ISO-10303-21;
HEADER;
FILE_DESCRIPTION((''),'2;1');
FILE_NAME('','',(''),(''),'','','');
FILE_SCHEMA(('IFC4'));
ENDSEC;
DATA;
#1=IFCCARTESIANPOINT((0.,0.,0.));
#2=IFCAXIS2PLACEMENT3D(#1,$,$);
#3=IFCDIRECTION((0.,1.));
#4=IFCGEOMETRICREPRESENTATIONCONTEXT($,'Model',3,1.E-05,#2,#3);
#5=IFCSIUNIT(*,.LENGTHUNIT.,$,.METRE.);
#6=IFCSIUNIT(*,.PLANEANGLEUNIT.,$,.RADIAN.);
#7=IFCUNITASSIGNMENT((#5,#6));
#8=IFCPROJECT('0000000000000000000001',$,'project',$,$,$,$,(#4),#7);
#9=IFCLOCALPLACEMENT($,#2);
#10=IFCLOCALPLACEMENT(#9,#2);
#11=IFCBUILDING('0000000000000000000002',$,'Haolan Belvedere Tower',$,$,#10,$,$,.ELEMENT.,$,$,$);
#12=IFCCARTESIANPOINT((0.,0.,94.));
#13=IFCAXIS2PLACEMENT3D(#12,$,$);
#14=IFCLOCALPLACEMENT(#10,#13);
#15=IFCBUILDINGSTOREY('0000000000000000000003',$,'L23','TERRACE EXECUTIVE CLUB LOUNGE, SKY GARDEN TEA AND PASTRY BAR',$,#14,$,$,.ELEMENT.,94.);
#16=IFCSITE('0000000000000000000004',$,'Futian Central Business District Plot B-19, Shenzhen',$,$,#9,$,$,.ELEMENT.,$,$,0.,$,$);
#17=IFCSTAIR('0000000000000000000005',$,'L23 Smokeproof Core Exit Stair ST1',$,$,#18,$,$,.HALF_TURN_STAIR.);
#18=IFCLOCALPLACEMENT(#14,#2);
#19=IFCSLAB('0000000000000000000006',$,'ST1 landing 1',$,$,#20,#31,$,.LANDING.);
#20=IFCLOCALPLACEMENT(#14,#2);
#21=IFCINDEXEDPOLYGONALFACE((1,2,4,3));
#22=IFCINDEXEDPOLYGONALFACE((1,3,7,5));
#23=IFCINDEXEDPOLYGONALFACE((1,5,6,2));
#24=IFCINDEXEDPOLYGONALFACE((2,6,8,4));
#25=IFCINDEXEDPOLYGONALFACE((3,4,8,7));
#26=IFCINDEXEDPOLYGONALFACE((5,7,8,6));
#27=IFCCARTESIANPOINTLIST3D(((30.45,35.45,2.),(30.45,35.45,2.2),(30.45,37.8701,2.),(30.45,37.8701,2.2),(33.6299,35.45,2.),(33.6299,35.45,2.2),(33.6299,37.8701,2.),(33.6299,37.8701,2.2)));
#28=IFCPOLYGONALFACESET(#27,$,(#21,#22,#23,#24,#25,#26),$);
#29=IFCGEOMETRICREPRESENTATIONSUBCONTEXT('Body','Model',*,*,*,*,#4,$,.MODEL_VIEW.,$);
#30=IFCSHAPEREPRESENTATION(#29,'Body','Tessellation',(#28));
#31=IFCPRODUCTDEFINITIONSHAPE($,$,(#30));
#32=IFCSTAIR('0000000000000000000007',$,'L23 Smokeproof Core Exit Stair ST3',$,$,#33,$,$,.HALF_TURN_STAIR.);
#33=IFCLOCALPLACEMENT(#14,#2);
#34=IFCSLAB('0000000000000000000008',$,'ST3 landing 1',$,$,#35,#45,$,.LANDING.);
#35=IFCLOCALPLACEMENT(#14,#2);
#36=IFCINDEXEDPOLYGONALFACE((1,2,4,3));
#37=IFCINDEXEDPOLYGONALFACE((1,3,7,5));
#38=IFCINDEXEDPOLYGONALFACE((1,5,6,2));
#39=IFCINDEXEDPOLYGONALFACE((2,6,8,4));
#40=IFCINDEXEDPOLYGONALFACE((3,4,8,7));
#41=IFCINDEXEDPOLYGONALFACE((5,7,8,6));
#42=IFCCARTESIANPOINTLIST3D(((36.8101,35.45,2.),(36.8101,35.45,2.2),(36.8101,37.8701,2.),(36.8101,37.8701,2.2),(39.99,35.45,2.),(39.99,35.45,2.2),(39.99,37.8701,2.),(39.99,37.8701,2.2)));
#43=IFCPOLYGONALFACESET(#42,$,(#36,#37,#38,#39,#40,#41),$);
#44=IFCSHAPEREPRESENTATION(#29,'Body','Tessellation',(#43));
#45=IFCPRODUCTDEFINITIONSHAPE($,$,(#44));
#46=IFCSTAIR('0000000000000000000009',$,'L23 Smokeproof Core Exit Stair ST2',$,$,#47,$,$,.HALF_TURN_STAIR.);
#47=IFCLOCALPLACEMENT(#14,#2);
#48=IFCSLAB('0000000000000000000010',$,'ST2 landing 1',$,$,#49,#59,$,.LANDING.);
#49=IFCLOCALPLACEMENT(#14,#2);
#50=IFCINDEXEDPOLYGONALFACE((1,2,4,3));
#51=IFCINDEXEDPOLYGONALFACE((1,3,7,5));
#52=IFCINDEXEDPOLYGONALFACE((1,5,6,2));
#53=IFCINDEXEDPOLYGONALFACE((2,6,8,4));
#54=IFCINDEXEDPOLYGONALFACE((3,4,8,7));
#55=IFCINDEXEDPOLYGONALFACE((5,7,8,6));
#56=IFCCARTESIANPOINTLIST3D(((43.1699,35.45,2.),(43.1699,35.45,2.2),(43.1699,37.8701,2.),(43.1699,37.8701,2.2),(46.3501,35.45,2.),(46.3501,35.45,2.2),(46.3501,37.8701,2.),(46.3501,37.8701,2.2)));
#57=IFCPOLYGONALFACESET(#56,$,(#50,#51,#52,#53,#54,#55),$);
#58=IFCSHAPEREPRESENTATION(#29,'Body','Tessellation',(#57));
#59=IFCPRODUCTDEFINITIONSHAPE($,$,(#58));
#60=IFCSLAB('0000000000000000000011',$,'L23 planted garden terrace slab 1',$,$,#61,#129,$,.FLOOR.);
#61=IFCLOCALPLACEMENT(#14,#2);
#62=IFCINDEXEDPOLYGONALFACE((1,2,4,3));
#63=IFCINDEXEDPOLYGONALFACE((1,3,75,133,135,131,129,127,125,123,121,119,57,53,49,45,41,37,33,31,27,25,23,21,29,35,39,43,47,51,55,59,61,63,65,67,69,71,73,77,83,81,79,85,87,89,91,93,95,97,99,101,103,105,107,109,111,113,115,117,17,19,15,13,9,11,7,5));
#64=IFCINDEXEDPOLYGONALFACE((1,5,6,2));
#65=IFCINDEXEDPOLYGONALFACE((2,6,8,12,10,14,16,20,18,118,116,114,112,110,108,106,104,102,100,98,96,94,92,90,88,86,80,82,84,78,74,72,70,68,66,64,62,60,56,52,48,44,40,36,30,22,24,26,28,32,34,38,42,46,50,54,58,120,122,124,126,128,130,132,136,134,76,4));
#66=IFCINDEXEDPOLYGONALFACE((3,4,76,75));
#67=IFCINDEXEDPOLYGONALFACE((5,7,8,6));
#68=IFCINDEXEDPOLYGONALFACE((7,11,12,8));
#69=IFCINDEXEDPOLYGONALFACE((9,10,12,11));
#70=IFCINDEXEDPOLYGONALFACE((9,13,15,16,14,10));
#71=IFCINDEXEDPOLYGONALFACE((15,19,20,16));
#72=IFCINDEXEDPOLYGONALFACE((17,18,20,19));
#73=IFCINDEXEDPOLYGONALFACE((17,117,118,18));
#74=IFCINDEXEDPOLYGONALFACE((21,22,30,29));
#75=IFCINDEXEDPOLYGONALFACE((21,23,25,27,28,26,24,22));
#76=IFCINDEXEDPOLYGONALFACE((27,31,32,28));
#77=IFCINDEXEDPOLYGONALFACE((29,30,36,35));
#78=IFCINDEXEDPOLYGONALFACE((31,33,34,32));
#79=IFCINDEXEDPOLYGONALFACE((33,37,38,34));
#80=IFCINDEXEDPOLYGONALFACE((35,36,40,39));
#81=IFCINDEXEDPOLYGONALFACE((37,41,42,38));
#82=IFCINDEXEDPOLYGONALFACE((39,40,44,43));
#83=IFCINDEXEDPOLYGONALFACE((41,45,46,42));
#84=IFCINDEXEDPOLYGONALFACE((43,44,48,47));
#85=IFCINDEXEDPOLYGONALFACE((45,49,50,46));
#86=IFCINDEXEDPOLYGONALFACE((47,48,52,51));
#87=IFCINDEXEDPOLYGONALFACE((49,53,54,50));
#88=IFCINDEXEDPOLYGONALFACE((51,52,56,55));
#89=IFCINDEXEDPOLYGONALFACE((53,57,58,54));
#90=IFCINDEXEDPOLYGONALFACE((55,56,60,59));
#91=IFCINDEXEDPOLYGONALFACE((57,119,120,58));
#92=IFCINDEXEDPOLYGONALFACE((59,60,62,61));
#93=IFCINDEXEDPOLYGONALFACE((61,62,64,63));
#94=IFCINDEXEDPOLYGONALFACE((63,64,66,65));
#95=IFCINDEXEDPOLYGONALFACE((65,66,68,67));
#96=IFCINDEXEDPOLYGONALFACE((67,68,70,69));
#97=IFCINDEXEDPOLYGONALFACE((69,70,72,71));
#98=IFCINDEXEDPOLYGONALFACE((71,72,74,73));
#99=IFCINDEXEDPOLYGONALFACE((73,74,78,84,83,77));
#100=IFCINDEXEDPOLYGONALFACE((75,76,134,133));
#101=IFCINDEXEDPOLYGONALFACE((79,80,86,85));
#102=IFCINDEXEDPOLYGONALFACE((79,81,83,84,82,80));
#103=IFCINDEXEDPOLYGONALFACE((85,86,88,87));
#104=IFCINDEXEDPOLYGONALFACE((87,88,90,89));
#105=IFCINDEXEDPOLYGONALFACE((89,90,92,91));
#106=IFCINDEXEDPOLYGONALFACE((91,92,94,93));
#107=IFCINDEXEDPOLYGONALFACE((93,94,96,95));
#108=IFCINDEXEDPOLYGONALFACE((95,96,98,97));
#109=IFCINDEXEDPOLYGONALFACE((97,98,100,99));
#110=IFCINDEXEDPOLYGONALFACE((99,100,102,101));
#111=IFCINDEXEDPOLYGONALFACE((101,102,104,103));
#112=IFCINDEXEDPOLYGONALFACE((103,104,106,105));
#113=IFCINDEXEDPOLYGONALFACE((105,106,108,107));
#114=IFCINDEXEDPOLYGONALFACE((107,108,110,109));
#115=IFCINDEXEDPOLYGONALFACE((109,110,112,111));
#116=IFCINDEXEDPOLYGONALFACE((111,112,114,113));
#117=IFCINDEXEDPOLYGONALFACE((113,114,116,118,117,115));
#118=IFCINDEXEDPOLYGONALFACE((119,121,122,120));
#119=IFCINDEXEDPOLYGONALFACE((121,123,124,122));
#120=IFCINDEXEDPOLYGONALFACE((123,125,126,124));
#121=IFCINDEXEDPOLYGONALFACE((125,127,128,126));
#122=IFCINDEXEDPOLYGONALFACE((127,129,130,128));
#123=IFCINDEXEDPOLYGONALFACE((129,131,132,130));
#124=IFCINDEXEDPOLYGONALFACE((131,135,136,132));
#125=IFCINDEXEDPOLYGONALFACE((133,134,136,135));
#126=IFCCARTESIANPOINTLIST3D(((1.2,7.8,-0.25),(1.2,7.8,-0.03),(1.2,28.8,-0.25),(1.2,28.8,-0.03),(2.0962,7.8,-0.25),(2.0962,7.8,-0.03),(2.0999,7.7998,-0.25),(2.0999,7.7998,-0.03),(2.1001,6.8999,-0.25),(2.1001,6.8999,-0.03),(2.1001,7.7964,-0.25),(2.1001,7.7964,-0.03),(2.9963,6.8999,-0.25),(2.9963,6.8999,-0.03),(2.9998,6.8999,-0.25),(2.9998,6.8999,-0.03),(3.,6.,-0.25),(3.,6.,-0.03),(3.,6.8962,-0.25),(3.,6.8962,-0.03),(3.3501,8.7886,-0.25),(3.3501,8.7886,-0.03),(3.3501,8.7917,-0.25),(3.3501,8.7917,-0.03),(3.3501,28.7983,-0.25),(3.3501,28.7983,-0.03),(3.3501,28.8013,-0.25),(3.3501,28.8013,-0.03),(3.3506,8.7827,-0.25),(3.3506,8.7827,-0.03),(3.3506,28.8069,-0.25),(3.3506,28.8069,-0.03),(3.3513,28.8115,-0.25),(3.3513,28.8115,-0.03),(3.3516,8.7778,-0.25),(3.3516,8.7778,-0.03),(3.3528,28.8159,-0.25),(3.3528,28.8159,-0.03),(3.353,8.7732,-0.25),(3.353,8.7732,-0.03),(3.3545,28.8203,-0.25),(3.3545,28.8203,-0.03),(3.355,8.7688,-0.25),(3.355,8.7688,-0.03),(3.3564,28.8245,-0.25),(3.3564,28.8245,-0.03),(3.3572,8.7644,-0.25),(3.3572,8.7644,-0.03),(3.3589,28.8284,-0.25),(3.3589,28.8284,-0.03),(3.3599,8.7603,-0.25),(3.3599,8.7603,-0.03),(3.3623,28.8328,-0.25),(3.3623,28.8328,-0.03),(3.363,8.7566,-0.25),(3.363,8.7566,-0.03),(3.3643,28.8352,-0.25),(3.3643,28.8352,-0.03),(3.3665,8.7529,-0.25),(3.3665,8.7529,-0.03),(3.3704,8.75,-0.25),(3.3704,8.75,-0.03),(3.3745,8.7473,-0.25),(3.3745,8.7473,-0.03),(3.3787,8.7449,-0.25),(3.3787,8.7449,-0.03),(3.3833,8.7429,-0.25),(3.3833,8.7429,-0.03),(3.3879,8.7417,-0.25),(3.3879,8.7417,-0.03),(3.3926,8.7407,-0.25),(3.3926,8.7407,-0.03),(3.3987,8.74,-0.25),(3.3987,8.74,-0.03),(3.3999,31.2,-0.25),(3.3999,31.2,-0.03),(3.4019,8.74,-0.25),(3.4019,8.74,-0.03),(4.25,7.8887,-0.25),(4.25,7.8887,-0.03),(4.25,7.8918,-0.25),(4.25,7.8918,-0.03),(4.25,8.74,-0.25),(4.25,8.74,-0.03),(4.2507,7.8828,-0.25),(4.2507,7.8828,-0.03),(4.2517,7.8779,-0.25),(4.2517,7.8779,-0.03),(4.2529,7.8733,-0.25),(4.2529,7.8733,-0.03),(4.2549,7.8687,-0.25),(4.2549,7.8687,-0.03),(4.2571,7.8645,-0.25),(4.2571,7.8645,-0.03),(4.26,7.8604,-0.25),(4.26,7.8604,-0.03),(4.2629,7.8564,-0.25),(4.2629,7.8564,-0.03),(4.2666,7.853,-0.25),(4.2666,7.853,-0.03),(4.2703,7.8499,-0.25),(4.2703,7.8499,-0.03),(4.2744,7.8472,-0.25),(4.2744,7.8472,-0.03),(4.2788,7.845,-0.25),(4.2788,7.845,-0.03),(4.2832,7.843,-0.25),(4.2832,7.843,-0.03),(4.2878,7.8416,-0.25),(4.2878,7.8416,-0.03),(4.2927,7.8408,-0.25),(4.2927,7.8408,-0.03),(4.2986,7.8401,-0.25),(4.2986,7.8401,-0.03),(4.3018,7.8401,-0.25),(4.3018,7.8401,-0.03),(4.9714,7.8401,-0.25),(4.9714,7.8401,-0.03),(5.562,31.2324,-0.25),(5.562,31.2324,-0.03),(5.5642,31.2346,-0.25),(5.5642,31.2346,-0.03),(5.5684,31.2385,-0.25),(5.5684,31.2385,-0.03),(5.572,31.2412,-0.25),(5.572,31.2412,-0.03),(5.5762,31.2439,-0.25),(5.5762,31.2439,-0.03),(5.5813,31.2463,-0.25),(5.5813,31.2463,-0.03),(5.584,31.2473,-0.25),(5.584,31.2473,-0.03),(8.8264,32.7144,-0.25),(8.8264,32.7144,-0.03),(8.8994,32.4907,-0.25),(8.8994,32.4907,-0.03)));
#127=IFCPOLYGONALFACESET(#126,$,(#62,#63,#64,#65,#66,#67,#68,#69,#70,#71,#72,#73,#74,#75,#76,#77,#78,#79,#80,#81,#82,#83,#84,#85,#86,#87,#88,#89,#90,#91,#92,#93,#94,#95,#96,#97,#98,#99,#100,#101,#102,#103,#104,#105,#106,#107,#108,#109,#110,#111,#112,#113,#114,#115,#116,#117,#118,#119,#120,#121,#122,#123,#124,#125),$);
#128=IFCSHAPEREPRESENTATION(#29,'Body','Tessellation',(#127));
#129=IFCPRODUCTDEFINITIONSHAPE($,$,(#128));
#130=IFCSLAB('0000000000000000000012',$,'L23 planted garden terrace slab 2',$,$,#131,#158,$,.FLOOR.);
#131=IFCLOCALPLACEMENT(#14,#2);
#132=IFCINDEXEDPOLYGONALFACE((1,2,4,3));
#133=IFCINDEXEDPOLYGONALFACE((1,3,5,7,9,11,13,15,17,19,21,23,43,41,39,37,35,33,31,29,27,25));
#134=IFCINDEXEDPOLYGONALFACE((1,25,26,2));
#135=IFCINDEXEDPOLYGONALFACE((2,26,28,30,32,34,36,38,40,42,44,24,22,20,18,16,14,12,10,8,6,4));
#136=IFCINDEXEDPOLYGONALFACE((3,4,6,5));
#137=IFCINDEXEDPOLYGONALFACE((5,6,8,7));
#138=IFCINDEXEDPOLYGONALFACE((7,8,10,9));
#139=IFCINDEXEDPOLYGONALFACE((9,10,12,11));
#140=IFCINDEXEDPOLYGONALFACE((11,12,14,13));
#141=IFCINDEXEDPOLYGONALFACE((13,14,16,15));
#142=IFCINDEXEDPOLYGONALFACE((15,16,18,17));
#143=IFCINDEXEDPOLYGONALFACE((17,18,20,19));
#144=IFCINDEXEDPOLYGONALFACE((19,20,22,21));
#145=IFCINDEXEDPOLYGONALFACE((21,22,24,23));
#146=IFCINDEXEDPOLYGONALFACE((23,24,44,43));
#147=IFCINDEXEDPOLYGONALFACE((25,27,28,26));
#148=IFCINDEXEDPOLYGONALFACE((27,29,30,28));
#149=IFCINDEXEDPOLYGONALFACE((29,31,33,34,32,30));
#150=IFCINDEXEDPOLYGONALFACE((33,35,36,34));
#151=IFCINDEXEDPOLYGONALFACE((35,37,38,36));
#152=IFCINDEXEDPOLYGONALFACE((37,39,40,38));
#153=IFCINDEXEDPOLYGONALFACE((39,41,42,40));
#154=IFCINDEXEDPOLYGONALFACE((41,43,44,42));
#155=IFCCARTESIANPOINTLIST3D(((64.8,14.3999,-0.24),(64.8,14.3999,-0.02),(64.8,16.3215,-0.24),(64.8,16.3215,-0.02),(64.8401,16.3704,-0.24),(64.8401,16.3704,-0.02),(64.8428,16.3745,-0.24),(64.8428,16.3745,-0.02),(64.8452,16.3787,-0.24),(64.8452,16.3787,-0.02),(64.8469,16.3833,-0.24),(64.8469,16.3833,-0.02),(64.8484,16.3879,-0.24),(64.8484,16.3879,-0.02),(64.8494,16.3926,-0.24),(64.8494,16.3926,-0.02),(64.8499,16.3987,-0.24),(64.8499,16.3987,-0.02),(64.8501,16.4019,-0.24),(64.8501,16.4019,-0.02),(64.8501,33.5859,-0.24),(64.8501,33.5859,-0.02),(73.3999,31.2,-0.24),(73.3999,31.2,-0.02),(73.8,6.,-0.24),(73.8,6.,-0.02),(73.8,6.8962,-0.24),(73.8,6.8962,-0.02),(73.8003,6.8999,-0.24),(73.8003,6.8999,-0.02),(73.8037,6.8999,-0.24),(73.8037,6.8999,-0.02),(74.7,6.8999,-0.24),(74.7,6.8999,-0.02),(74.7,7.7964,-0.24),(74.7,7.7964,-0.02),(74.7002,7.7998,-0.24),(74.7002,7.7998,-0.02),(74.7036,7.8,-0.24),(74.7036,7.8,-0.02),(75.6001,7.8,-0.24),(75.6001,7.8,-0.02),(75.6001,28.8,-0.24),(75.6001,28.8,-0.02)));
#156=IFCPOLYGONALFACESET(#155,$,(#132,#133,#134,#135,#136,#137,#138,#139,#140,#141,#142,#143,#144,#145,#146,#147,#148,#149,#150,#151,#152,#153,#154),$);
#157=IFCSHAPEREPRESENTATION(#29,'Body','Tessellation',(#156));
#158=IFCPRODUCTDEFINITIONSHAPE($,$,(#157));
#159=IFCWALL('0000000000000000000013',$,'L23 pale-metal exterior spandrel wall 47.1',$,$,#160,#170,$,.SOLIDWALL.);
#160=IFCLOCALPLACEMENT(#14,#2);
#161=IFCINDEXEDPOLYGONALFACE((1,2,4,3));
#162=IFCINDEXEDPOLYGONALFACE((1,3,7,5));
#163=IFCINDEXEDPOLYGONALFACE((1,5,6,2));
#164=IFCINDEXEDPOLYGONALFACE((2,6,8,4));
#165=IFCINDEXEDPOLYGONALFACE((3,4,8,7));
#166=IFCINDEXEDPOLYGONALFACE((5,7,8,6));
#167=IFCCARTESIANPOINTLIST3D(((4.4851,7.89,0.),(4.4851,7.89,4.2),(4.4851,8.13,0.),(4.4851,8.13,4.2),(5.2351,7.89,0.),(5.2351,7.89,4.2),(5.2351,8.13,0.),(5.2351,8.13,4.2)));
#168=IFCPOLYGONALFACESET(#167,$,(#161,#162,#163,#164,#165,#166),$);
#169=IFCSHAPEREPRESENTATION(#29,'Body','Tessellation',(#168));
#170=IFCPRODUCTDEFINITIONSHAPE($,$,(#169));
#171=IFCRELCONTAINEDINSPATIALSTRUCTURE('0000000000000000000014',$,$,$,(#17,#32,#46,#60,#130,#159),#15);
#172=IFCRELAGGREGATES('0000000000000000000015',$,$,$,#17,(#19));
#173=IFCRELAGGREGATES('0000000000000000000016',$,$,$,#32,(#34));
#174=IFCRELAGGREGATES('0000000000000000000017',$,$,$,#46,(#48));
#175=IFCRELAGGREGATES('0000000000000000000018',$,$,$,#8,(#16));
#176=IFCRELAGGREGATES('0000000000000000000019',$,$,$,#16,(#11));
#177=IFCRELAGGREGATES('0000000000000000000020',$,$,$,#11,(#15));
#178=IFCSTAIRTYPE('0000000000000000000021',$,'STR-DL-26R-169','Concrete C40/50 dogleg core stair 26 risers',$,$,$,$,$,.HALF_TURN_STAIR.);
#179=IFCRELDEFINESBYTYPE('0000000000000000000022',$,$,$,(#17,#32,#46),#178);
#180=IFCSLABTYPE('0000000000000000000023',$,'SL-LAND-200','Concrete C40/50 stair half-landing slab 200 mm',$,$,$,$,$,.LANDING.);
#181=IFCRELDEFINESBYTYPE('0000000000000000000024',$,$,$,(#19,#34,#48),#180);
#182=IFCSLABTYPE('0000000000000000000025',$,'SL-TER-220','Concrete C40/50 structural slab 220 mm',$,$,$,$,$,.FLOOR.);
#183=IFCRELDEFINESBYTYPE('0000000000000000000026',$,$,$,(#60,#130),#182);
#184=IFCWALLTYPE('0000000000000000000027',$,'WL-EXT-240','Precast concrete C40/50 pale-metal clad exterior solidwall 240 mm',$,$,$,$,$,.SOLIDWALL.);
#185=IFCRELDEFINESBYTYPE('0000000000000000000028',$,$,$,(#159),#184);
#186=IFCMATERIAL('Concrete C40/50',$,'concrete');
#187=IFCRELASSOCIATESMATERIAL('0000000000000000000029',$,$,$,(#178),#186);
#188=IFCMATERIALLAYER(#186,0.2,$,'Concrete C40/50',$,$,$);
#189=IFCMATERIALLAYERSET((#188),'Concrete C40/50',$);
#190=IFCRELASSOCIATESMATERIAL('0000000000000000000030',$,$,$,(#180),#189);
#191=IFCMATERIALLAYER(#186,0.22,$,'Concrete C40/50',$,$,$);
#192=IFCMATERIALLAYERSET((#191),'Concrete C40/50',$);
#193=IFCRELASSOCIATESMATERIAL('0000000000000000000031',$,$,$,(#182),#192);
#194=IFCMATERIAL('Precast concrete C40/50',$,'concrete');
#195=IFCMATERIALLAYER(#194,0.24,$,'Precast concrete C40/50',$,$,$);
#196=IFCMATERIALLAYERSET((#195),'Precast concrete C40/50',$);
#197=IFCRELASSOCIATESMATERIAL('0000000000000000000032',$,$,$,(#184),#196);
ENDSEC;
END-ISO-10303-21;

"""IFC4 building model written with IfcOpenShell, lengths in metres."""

from ifc_helpers import new_model, si_unit, direction, frame, frame_2d, origin, place, context, subcontext, project, spatial, polyline, rectangle, outline, extrude, material, layer, layer_set, type_object, element, aggregate, save


model = new_model("IFC4")

# Units and contexts
model_context = context("Model", 3, precision=1e-05, world=origin(), true_north=direction((0.0, 1.0)))
body_context = subcontext(model_context, "Body", "Model", "MODEL_VIEW")
ifc_project = project(units=[si_unit("LENGTHUNIT", "METRE"), si_unit("PLANEANGLEUNIT", "RADIAN")], contexts=[model_context])

# Site, building, storey
site_placement = place(None, origin())
site = spatial("IfcSite", under=ifc_project, at=site_placement, Name="Futian Central Business District Plot B-19, Shenzhen", CompositionType="ELEMENT", RefElevation=0.0)
building_placement = place(site_placement, origin())
building = spatial("IfcBuilding", under=site, at=building_placement, Name="Haolan Belvedere Tower", CompositionType="ELEMENT")
storey_placement = place(building_placement, frame((0.0, 0.0, 94.0)))
storey = spatial("IfcBuildingStorey", under=building, at=storey_placement, Name="L23", Description="TERRACE EXECUTIVE CLUB LOUNGE, SKY GARDEN TEA AND PASTRY BAR", CompositionType="ELEMENT", Elevation=94.0)

# Shared definitions
ifc_material_1 = material(Name="Concrete C40/50", Category="concrete")

# Stairs, slabs
stair_type = type_object("IfcStairType", Name="STR-DL-26R-169", Description="Concrete C40/50 dogleg core stair 26 risers", PredefinedType="HALF_TURN_STAIR", material=ifc_material_1)
stair_1_placement = place(storey_placement, origin())
stair_1 = element("IfcStair", 1, at=stair_1_placement, inside=storey, type_object=stair_type, Name="L23 Smokeproof Core Exit Stair ST1", PredefinedType="HALF_TURN_STAIR")
ifc_layer_1 = layer(ifc_material_1, 0.2, Name="Concrete C40/50")
ifc_layer_set_1 = layer_set([ifc_layer_1], Name="Concrete C40/50")
slab_type_1 = type_object("IfcSlabType", Name="SL-LAND-200", Description="Concrete C40/50 stair half-landing slab 200 mm", PredefinedType="LANDING", material=ifc_layer_set_1)
slab_1_placement = place(storey_placement, frame((0.0, 0.0, 2.0)))
slab_1 = element("IfcSlab", 2, at=slab_1_placement, type_object=slab_type_1, Name="ST1 landing 1", PredefinedType="LANDING", context=body_context, shape_type="SweptSolid", body=[
    extrude(outline(polyline([(30.45, 37.8701), (30.45, 35.45), (33.6299, 35.45), (33.6299, 37.8701), (30.45, 37.8701)])), origin(), (0.0, 0.0, 1.0), 0.2),
])
aggregate(stair_1, [slab_1])
stair_2_placement = place(storey_placement, origin())
stair_2 = element("IfcStair", 3, at=stair_2_placement, inside=storey, type_object=stair_type, Name="L23 Smokeproof Core Exit Stair ST3", PredefinedType="HALF_TURN_STAIR")
slab_2_placement = place(storey_placement, frame((0.0, 0.0, 2.0)))
slab_2 = element("IfcSlab", 4, at=slab_2_placement, type_object=slab_type_1, Name="ST3 landing 1", PredefinedType="LANDING", context=body_context, shape_type="SweptSolid", body=[
    extrude(outline(polyline([(36.8101, 37.8701), (36.8101, 35.45), (39.99, 35.45), (39.99, 37.8701), (36.8101, 37.8701)])), origin(), (0.0, 0.0, 1.0), 0.2),
])
aggregate(stair_2, [slab_2])
stair_3_placement = place(storey_placement, origin())
stair_3 = element("IfcStair", 5, at=stair_3_placement, inside=storey, type_object=stair_type, Name="L23 Smokeproof Core Exit Stair ST2", PredefinedType="HALF_TURN_STAIR")
slab_3_placement = place(storey_placement, frame((0.0, 0.0, 2.0)))
slab_3 = element("IfcSlab", 6, at=slab_3_placement, type_object=slab_type_1, Name="ST2 landing 1", PredefinedType="LANDING", context=body_context, shape_type="SweptSolid", body=[
    extrude(outline(polyline([(43.1699, 37.8701), (43.1699, 35.45), (46.3501, 35.45), (46.3501, 37.8701), (43.1699, 37.8701)])), origin(), (0.0, 0.0, 1.0), 0.2),
])
aggregate(stair_3, [slab_3])

# Slabs
ifc_layer_2 = layer(ifc_material_1, 0.22, Name="Concrete C40/50")
ifc_layer_set_2 = layer_set([ifc_layer_2], Name="Concrete C40/50")
slab_type_2 = type_object("IfcSlabType", Name="SL-TER-220", Description="Concrete C40/50 structural slab 220 mm", PredefinedType="FLOOR", material=ifc_layer_set_2)
slab_4_placement = place(storey_placement, frame((0.0, 0.0, -0.25)))
element("IfcSlab", 7, at=slab_4_placement, inside=storey, type_object=slab_type_2, Name="L23 planted garden terrace slab 1", PredefinedType="FLOOR", context=body_context, shape_type="SweptSolid", body=[
    extrude(outline(polyline([(2.1001, 7.7964), (2.1001, 6.8999), (2.9963, 6.8999), (2.9998, 6.8999), (3.0, 6.8962), (3.0, 6.0), (4.9714, 7.8401), (4.3018, 7.8401), (4.2986, 7.8401), (4.2927, 7.8408), (4.2878, 7.8416), (4.2832, 7.843), (4.2788, 7.845), (4.2744, 7.8472), (4.2703, 7.8499), (4.2666, 7.853), (4.2629, 7.8564), (4.26, 7.8604), (4.2571, 7.8645), (4.2549, 7.8687), (4.2529, 7.8733), (4.2517, 7.8779), (4.2507, 7.8828), (4.25, 7.8887), (4.25, 7.8918), (4.25, 8.74), (3.4019, 8.74), (3.3987, 8.74), (3.3926, 8.7407), (3.3879, 8.7417), (3.3833, 8.7429), (3.3787, 8.7449), (3.3745, 8.7473), (3.3704, 8.75), (3.3665, 8.7529), (3.363, 8.7566), (3.3599, 8.7603), (3.3572, 8.7644), (3.355, 8.7688), (3.353, 8.7732), (3.3516, 8.7778), (3.3506, 8.7827), (3.3501, 8.7886), (3.3501, 8.7917), (3.3501, 28.7983), (3.3501, 28.8013), (3.3506, 28.8069), (3.3513, 28.8115), (3.3528, 28.8159), (3.3545, 28.8203), (3.3564, 28.8245), (3.3589, 28.8284), (3.3623, 28.8328), (3.3643, 28.8352), (5.562, 31.2324), (5.5642, 31.2346), (5.5684, 31.2385), (5.572, 31.2412), (5.5762, 31.2439), (5.5813, 31.2463), (5.584, 31.2473), (8.8994, 32.4907), (8.8264, 32.7144), (3.3999, 31.2), (1.2, 28.8), (1.2, 7.8), (2.0962, 7.8), (2.0999, 7.7998), (2.1001, 7.7964)])), origin(), (0.0, 0.0, 1.0), 0.22),
])
slab_5_placement = place(storey_placement, frame((0.0, 0.0, -0.24)))
element("IfcSlab", 8, at=slab_5_placement, inside=storey, type_object=slab_type_2, Name="L23 planted garden terrace slab 2", PredefinedType="FLOOR", context=body_context, shape_type="SweptSolid", body=[
    extrude(outline(polyline([(64.8, 14.3999), (73.8, 6.0), (73.8, 6.8962), (73.8003, 6.8999), (73.8037, 6.8999), (74.7, 6.8999), (74.7, 7.7964), (74.7002, 7.7998), (74.7036, 7.8), (75.6001, 7.8), (75.6001, 28.8), (73.3999, 31.2), (64.8501, 33.5859), (64.8501, 16.4019), (64.8499, 16.3987), (64.8494, 16.3926), (64.8484, 16.3879), (64.8469, 16.3833), (64.8452, 16.3787), (64.8428, 16.3745), (64.8401, 16.3704), (64.8, 16.3215), (64.8, 14.3999)])), origin(), (0.0, 0.0, 1.0), 0.22),
])

# Wall
ifc_material_2 = material(Name="Precast concrete C40/50", Category="concrete")
ifc_layer_3 = layer(ifc_material_2, 0.24, Name="Precast concrete C40/50")
ifc_layer_set_3 = layer_set([ifc_layer_3], Name="Precast concrete C40/50")
wall_type = type_object("IfcWallType", Name="WL-EXT-240", Description="Precast concrete C40/50 pale-metal clad exterior solidwall 240 mm", PredefinedType="SOLIDWALL", material=ifc_layer_set_3)
wall_1_placement = place(storey_placement, frame((4.4851, 8.01, 0.0), z_axis=(0.0, 0.0, 1.0), x_axis=(1.0, 0.0, 0.0)))
element("IfcWall", 9, at=wall_1_placement, inside=storey, type_object=wall_type, Name="L23 pale-metal exterior spandrel wall 47.1", PredefinedType="SOLIDWALL", context=body_context, shape_type="SweptSolid", body=[
    extrude(rectangle(XDim=0.75, YDim=0.24, at=frame_2d((0.375, 0.0))), origin(), (0.0, 0.0, 1.0), 4.2),
])

save(model, "model.ifc")
